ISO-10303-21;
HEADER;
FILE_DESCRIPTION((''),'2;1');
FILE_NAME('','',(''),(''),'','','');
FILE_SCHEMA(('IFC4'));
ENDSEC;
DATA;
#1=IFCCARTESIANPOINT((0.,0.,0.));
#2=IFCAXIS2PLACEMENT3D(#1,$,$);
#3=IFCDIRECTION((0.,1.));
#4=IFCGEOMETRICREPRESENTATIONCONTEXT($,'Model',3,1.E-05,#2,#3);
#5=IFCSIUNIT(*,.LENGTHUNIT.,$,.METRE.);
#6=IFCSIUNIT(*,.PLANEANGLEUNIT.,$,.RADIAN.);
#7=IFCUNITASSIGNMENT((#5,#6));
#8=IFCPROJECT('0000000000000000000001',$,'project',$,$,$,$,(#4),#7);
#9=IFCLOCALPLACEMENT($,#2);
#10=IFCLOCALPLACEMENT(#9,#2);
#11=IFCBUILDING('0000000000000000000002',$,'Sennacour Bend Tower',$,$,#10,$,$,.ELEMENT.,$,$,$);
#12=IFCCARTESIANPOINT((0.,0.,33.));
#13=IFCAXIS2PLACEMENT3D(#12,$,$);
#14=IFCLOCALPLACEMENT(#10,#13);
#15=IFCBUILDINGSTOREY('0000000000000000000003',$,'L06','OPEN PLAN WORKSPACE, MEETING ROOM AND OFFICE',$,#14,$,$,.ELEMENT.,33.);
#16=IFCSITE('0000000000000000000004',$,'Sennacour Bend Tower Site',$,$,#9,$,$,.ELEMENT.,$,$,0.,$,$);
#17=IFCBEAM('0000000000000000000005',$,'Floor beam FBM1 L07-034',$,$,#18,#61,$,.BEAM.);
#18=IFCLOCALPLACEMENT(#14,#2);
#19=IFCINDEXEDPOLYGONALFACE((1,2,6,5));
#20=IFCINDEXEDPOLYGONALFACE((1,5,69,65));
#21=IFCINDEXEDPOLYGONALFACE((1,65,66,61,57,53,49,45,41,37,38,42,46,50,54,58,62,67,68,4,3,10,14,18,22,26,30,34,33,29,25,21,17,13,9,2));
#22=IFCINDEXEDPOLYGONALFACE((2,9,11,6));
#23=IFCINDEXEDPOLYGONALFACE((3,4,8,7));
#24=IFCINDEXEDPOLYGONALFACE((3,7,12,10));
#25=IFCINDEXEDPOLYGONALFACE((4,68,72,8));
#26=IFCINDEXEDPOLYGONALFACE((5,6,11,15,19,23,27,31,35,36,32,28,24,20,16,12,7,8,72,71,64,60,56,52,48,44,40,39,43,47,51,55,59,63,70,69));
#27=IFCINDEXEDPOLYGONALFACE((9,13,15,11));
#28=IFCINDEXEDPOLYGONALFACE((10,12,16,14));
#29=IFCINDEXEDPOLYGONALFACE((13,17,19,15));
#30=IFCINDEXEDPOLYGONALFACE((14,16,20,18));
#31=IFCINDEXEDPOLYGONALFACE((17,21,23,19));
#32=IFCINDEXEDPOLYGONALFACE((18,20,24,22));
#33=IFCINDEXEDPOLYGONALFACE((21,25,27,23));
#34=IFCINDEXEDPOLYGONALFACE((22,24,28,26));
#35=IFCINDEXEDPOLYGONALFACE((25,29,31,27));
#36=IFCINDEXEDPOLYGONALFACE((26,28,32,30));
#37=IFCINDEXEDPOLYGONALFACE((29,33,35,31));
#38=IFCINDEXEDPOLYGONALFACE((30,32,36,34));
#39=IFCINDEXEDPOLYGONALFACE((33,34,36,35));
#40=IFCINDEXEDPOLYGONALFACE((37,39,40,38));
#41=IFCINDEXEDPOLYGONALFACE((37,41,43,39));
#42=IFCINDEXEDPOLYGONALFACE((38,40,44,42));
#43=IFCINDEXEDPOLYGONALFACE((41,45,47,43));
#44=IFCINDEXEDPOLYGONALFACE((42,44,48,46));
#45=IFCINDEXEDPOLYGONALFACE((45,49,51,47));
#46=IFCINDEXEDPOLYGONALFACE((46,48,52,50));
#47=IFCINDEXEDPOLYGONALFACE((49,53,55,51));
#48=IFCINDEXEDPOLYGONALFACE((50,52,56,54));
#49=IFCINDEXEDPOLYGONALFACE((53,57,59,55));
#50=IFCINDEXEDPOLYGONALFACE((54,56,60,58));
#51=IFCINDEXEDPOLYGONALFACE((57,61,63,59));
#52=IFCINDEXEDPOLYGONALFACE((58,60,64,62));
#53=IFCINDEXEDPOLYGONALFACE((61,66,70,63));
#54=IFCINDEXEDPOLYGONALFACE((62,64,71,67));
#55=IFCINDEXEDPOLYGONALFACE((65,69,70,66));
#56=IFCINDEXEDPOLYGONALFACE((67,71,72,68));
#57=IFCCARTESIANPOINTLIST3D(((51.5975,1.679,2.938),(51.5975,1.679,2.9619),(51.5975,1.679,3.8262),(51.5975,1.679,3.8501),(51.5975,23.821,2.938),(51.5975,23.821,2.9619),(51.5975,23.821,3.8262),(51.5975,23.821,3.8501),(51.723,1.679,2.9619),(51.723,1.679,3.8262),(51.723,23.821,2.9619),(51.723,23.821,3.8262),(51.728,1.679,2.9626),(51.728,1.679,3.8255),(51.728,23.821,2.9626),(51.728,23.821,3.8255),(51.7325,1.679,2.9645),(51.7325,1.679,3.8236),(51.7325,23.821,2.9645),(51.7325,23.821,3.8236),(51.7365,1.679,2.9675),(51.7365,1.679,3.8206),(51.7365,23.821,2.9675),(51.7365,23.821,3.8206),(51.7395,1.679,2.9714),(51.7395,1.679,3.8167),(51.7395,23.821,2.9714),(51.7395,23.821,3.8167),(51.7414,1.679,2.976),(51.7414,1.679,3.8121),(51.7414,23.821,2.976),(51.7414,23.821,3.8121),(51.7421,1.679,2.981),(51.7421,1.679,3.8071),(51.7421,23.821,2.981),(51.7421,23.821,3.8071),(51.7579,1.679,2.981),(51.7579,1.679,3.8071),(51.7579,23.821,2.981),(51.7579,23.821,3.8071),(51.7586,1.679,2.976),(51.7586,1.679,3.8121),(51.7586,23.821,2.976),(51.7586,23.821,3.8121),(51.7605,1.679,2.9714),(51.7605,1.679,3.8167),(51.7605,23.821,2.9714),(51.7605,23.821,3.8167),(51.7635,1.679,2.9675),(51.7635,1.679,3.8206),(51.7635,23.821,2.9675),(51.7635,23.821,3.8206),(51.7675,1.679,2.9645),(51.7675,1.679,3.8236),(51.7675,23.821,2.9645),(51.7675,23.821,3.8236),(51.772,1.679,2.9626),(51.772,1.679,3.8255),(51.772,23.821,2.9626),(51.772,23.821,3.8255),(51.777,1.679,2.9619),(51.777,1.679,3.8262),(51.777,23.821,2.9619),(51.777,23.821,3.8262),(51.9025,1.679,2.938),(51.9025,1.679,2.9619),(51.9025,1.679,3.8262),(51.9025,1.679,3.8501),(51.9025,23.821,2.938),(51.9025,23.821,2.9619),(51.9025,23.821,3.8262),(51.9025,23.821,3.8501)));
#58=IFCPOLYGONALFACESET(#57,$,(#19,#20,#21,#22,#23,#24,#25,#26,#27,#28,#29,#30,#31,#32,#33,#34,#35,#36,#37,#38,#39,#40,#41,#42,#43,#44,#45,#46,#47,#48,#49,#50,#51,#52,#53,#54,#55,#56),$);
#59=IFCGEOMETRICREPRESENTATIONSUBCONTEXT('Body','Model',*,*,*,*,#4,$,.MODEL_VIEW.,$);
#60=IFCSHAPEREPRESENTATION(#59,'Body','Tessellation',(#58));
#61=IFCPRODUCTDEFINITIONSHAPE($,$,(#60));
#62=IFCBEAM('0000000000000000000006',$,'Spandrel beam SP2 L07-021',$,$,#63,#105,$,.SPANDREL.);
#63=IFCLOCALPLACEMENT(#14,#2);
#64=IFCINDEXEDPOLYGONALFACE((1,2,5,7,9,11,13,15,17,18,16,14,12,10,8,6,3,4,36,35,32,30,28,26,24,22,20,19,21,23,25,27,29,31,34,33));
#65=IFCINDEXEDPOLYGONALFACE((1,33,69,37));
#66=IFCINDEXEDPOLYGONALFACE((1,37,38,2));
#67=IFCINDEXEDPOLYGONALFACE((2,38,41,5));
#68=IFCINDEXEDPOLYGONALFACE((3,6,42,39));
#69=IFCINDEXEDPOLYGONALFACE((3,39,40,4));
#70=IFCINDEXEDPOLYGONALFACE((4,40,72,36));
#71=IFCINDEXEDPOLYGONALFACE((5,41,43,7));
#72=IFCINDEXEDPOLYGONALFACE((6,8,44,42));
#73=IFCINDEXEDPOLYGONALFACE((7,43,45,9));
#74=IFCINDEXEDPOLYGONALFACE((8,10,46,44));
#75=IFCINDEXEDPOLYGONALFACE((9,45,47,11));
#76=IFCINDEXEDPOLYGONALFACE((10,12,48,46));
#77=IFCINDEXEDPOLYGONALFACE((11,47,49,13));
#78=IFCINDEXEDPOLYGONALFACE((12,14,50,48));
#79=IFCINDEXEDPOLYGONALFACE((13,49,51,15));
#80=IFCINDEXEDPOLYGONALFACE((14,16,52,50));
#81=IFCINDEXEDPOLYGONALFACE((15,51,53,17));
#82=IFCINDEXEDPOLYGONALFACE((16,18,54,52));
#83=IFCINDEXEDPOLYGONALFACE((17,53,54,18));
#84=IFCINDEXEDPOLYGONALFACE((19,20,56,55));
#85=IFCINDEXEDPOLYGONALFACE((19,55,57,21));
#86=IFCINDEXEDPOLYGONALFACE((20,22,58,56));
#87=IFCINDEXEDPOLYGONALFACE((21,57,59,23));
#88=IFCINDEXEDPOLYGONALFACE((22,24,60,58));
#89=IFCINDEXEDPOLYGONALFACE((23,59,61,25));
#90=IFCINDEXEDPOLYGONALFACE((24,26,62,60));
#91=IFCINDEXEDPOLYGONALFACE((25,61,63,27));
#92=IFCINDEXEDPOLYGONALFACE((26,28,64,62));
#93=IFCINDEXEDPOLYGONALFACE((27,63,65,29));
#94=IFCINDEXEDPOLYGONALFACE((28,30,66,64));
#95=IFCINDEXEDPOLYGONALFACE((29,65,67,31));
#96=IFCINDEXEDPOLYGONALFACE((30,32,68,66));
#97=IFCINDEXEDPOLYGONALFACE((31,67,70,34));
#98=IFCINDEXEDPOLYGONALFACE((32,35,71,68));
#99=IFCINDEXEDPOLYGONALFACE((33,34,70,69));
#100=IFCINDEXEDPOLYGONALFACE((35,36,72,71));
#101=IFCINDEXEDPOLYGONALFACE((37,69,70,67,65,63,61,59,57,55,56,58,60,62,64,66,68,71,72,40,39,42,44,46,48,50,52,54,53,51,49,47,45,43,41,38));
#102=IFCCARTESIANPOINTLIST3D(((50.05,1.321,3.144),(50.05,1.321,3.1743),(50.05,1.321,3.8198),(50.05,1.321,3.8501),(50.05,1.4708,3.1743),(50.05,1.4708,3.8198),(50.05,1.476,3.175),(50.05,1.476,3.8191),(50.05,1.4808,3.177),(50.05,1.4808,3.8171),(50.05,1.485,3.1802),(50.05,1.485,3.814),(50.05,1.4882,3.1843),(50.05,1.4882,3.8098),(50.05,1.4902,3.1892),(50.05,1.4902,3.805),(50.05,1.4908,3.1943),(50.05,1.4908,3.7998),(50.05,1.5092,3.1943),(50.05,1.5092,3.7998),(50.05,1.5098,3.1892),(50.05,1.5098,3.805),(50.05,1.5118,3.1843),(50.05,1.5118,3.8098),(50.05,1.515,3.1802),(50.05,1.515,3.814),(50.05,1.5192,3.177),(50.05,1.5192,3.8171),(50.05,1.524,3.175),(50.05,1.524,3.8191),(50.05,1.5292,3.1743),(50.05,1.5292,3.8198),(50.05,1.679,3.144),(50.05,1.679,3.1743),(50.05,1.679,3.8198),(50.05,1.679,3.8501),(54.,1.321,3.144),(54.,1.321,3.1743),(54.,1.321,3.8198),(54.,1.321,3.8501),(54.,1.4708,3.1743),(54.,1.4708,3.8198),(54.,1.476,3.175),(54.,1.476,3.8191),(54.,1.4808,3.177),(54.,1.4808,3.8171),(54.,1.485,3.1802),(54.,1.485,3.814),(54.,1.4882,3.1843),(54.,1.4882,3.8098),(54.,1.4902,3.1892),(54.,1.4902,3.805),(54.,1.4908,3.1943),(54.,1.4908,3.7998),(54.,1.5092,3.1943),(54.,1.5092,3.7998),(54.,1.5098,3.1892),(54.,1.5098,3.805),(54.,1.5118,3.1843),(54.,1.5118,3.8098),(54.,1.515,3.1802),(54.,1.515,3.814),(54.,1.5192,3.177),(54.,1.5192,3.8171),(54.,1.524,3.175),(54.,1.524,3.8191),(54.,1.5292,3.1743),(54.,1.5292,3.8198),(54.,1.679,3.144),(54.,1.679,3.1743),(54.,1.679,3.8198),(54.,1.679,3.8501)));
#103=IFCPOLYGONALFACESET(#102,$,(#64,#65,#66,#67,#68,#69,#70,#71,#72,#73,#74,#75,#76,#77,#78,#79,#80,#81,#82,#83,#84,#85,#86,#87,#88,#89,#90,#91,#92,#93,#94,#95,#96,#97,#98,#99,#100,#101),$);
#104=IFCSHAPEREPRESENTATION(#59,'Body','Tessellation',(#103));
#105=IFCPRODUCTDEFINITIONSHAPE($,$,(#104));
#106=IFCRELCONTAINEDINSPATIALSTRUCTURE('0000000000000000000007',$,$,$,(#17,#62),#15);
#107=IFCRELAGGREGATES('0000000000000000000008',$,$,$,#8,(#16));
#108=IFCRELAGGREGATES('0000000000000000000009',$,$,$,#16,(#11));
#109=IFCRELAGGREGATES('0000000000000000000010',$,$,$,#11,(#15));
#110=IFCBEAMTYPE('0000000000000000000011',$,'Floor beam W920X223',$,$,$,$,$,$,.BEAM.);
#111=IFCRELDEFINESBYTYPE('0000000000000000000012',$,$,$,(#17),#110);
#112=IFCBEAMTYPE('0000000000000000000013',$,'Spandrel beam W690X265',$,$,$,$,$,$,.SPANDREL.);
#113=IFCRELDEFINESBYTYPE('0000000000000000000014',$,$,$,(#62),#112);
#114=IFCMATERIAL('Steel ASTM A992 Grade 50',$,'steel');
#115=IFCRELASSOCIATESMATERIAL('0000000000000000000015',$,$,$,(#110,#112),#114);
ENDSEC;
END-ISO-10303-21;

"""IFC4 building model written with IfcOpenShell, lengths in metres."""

from ifc_helpers import new_model, si_unit, direction, frame, origin, origin_2d, place, context, subcontext, project, spatial, i_section, extrude, material, material_profile, profile_set, type_object, element, save


model = new_model("IFC4")

# Units and contexts
model_context = context("Model", 3, precision=1e-05, world=origin(), true_north=direction((0.0, 1.0)))
body_context = subcontext(model_context, "Body", "Model", "MODEL_VIEW")
ifc_project = project(units=[si_unit("LENGTHUNIT", "METRE"), si_unit("PLANEANGLEUNIT", "RADIAN")], contexts=[model_context])

# Site, building, storey
site_placement = place(None, origin())
site = spatial("IfcSite", under=ifc_project, at=site_placement, Name="Sennacour Bend Tower Site", CompositionType="ELEMENT", RefElevation=0.0)
building_placement = place(site_placement, origin())
building = spatial("IfcBuilding", under=site, at=building_placement, Name="Sennacour Bend Tower", CompositionType="ELEMENT")
storey_placement = place(building_placement, frame((0.0, 0.0, 33.0)))
storey = spatial("IfcBuildingStorey", under=building, at=storey_placement, Name="L06", Description="OPEN PLAN WORKSPACE, MEETING ROOM AND OFFICE", CompositionType="ELEMENT", Elevation=33.0)

# Beams
ifc_material_1 = material(Name="Steel ASTM A992 Grade 50", Category="steel")
ifc_material_profile_1 = material_profile(ifc_material_1, i_section(OverallWidth=0.3049, OverallDepth=0.9121, WebThickness=0.0159, FlangeThickness=0.0239, FilletRadius=0.019, at=origin_2d()), Name="Steel ASTM A992 Grade 50", Category="steel")
ifc_profile_set_1 = profile_set([ifc_material_profile_1], Name="Steel ASTM A992 Grade 50")
beam_type_1 = type_object("IfcBeamType", Name="Floor beam W920X223", PredefinedType="BEAM", material=ifc_profile_set_1)
beam_1_placement = place(storey_placement, frame((51.75, 1.679, 3.394), z_axis=(0.0, 1.0, 0.0), x_axis=(-1.0, 0.0, 0.0)))
element("IfcBeam", 1, at=beam_1_placement, inside=storey, type_object=beam_type_1, Name="Floor beam FBM1 L07-034", PredefinedType="BEAM", context=body_context, shape_type="SweptSolid", body=[
    extrude(i_section(OverallWidth=0.3049, OverallDepth=0.9121, WebThickness=0.0159, FlangeThickness=0.0239, FilletRadius=0.019, at=origin_2d()), origin(), (0.0, 0.0, 1.0), 22.1421),
])
ifc_material_profile_2 = material_profile(ifc_material_1, i_section(OverallWidth=0.3579, OverallDepth=0.7061, WebThickness=0.0183, FlangeThickness=0.0303, FilletRadius=0.02, at=origin_2d()), Name="Steel ASTM A992 Grade 50", Category="steel")
ifc_profile_set_2 = profile_set([ifc_material_profile_2], Name="Steel ASTM A992 Grade 50")
beam_type_2 = type_object("IfcBeamType", Name="Spandrel beam W690X265", PredefinedType="SPANDREL", material=ifc_profile_set_2)
beam_2_placement = place(storey_placement, frame((54.0, 1.5, 3.4971), z_axis=(-1.0, 0.0, 0.0), x_axis=(0.0, -1.0, 0.0)))
element("IfcBeam", 2, at=beam_2_placement, inside=storey, type_object=beam_type_2, Name="Spandrel beam SP2 L07-021", PredefinedType="SPANDREL", context=body_context, shape_type="SweptSolid", body=[
    extrude(i_section(OverallWidth=0.3579, OverallDepth=0.7061, WebThickness=0.0183, FlangeThickness=0.0303, FilletRadius=0.02, at=origin_2d()), origin(), (0.0, 0.0, 1.0), 3.95),
])

save(model, "model.ifc")
